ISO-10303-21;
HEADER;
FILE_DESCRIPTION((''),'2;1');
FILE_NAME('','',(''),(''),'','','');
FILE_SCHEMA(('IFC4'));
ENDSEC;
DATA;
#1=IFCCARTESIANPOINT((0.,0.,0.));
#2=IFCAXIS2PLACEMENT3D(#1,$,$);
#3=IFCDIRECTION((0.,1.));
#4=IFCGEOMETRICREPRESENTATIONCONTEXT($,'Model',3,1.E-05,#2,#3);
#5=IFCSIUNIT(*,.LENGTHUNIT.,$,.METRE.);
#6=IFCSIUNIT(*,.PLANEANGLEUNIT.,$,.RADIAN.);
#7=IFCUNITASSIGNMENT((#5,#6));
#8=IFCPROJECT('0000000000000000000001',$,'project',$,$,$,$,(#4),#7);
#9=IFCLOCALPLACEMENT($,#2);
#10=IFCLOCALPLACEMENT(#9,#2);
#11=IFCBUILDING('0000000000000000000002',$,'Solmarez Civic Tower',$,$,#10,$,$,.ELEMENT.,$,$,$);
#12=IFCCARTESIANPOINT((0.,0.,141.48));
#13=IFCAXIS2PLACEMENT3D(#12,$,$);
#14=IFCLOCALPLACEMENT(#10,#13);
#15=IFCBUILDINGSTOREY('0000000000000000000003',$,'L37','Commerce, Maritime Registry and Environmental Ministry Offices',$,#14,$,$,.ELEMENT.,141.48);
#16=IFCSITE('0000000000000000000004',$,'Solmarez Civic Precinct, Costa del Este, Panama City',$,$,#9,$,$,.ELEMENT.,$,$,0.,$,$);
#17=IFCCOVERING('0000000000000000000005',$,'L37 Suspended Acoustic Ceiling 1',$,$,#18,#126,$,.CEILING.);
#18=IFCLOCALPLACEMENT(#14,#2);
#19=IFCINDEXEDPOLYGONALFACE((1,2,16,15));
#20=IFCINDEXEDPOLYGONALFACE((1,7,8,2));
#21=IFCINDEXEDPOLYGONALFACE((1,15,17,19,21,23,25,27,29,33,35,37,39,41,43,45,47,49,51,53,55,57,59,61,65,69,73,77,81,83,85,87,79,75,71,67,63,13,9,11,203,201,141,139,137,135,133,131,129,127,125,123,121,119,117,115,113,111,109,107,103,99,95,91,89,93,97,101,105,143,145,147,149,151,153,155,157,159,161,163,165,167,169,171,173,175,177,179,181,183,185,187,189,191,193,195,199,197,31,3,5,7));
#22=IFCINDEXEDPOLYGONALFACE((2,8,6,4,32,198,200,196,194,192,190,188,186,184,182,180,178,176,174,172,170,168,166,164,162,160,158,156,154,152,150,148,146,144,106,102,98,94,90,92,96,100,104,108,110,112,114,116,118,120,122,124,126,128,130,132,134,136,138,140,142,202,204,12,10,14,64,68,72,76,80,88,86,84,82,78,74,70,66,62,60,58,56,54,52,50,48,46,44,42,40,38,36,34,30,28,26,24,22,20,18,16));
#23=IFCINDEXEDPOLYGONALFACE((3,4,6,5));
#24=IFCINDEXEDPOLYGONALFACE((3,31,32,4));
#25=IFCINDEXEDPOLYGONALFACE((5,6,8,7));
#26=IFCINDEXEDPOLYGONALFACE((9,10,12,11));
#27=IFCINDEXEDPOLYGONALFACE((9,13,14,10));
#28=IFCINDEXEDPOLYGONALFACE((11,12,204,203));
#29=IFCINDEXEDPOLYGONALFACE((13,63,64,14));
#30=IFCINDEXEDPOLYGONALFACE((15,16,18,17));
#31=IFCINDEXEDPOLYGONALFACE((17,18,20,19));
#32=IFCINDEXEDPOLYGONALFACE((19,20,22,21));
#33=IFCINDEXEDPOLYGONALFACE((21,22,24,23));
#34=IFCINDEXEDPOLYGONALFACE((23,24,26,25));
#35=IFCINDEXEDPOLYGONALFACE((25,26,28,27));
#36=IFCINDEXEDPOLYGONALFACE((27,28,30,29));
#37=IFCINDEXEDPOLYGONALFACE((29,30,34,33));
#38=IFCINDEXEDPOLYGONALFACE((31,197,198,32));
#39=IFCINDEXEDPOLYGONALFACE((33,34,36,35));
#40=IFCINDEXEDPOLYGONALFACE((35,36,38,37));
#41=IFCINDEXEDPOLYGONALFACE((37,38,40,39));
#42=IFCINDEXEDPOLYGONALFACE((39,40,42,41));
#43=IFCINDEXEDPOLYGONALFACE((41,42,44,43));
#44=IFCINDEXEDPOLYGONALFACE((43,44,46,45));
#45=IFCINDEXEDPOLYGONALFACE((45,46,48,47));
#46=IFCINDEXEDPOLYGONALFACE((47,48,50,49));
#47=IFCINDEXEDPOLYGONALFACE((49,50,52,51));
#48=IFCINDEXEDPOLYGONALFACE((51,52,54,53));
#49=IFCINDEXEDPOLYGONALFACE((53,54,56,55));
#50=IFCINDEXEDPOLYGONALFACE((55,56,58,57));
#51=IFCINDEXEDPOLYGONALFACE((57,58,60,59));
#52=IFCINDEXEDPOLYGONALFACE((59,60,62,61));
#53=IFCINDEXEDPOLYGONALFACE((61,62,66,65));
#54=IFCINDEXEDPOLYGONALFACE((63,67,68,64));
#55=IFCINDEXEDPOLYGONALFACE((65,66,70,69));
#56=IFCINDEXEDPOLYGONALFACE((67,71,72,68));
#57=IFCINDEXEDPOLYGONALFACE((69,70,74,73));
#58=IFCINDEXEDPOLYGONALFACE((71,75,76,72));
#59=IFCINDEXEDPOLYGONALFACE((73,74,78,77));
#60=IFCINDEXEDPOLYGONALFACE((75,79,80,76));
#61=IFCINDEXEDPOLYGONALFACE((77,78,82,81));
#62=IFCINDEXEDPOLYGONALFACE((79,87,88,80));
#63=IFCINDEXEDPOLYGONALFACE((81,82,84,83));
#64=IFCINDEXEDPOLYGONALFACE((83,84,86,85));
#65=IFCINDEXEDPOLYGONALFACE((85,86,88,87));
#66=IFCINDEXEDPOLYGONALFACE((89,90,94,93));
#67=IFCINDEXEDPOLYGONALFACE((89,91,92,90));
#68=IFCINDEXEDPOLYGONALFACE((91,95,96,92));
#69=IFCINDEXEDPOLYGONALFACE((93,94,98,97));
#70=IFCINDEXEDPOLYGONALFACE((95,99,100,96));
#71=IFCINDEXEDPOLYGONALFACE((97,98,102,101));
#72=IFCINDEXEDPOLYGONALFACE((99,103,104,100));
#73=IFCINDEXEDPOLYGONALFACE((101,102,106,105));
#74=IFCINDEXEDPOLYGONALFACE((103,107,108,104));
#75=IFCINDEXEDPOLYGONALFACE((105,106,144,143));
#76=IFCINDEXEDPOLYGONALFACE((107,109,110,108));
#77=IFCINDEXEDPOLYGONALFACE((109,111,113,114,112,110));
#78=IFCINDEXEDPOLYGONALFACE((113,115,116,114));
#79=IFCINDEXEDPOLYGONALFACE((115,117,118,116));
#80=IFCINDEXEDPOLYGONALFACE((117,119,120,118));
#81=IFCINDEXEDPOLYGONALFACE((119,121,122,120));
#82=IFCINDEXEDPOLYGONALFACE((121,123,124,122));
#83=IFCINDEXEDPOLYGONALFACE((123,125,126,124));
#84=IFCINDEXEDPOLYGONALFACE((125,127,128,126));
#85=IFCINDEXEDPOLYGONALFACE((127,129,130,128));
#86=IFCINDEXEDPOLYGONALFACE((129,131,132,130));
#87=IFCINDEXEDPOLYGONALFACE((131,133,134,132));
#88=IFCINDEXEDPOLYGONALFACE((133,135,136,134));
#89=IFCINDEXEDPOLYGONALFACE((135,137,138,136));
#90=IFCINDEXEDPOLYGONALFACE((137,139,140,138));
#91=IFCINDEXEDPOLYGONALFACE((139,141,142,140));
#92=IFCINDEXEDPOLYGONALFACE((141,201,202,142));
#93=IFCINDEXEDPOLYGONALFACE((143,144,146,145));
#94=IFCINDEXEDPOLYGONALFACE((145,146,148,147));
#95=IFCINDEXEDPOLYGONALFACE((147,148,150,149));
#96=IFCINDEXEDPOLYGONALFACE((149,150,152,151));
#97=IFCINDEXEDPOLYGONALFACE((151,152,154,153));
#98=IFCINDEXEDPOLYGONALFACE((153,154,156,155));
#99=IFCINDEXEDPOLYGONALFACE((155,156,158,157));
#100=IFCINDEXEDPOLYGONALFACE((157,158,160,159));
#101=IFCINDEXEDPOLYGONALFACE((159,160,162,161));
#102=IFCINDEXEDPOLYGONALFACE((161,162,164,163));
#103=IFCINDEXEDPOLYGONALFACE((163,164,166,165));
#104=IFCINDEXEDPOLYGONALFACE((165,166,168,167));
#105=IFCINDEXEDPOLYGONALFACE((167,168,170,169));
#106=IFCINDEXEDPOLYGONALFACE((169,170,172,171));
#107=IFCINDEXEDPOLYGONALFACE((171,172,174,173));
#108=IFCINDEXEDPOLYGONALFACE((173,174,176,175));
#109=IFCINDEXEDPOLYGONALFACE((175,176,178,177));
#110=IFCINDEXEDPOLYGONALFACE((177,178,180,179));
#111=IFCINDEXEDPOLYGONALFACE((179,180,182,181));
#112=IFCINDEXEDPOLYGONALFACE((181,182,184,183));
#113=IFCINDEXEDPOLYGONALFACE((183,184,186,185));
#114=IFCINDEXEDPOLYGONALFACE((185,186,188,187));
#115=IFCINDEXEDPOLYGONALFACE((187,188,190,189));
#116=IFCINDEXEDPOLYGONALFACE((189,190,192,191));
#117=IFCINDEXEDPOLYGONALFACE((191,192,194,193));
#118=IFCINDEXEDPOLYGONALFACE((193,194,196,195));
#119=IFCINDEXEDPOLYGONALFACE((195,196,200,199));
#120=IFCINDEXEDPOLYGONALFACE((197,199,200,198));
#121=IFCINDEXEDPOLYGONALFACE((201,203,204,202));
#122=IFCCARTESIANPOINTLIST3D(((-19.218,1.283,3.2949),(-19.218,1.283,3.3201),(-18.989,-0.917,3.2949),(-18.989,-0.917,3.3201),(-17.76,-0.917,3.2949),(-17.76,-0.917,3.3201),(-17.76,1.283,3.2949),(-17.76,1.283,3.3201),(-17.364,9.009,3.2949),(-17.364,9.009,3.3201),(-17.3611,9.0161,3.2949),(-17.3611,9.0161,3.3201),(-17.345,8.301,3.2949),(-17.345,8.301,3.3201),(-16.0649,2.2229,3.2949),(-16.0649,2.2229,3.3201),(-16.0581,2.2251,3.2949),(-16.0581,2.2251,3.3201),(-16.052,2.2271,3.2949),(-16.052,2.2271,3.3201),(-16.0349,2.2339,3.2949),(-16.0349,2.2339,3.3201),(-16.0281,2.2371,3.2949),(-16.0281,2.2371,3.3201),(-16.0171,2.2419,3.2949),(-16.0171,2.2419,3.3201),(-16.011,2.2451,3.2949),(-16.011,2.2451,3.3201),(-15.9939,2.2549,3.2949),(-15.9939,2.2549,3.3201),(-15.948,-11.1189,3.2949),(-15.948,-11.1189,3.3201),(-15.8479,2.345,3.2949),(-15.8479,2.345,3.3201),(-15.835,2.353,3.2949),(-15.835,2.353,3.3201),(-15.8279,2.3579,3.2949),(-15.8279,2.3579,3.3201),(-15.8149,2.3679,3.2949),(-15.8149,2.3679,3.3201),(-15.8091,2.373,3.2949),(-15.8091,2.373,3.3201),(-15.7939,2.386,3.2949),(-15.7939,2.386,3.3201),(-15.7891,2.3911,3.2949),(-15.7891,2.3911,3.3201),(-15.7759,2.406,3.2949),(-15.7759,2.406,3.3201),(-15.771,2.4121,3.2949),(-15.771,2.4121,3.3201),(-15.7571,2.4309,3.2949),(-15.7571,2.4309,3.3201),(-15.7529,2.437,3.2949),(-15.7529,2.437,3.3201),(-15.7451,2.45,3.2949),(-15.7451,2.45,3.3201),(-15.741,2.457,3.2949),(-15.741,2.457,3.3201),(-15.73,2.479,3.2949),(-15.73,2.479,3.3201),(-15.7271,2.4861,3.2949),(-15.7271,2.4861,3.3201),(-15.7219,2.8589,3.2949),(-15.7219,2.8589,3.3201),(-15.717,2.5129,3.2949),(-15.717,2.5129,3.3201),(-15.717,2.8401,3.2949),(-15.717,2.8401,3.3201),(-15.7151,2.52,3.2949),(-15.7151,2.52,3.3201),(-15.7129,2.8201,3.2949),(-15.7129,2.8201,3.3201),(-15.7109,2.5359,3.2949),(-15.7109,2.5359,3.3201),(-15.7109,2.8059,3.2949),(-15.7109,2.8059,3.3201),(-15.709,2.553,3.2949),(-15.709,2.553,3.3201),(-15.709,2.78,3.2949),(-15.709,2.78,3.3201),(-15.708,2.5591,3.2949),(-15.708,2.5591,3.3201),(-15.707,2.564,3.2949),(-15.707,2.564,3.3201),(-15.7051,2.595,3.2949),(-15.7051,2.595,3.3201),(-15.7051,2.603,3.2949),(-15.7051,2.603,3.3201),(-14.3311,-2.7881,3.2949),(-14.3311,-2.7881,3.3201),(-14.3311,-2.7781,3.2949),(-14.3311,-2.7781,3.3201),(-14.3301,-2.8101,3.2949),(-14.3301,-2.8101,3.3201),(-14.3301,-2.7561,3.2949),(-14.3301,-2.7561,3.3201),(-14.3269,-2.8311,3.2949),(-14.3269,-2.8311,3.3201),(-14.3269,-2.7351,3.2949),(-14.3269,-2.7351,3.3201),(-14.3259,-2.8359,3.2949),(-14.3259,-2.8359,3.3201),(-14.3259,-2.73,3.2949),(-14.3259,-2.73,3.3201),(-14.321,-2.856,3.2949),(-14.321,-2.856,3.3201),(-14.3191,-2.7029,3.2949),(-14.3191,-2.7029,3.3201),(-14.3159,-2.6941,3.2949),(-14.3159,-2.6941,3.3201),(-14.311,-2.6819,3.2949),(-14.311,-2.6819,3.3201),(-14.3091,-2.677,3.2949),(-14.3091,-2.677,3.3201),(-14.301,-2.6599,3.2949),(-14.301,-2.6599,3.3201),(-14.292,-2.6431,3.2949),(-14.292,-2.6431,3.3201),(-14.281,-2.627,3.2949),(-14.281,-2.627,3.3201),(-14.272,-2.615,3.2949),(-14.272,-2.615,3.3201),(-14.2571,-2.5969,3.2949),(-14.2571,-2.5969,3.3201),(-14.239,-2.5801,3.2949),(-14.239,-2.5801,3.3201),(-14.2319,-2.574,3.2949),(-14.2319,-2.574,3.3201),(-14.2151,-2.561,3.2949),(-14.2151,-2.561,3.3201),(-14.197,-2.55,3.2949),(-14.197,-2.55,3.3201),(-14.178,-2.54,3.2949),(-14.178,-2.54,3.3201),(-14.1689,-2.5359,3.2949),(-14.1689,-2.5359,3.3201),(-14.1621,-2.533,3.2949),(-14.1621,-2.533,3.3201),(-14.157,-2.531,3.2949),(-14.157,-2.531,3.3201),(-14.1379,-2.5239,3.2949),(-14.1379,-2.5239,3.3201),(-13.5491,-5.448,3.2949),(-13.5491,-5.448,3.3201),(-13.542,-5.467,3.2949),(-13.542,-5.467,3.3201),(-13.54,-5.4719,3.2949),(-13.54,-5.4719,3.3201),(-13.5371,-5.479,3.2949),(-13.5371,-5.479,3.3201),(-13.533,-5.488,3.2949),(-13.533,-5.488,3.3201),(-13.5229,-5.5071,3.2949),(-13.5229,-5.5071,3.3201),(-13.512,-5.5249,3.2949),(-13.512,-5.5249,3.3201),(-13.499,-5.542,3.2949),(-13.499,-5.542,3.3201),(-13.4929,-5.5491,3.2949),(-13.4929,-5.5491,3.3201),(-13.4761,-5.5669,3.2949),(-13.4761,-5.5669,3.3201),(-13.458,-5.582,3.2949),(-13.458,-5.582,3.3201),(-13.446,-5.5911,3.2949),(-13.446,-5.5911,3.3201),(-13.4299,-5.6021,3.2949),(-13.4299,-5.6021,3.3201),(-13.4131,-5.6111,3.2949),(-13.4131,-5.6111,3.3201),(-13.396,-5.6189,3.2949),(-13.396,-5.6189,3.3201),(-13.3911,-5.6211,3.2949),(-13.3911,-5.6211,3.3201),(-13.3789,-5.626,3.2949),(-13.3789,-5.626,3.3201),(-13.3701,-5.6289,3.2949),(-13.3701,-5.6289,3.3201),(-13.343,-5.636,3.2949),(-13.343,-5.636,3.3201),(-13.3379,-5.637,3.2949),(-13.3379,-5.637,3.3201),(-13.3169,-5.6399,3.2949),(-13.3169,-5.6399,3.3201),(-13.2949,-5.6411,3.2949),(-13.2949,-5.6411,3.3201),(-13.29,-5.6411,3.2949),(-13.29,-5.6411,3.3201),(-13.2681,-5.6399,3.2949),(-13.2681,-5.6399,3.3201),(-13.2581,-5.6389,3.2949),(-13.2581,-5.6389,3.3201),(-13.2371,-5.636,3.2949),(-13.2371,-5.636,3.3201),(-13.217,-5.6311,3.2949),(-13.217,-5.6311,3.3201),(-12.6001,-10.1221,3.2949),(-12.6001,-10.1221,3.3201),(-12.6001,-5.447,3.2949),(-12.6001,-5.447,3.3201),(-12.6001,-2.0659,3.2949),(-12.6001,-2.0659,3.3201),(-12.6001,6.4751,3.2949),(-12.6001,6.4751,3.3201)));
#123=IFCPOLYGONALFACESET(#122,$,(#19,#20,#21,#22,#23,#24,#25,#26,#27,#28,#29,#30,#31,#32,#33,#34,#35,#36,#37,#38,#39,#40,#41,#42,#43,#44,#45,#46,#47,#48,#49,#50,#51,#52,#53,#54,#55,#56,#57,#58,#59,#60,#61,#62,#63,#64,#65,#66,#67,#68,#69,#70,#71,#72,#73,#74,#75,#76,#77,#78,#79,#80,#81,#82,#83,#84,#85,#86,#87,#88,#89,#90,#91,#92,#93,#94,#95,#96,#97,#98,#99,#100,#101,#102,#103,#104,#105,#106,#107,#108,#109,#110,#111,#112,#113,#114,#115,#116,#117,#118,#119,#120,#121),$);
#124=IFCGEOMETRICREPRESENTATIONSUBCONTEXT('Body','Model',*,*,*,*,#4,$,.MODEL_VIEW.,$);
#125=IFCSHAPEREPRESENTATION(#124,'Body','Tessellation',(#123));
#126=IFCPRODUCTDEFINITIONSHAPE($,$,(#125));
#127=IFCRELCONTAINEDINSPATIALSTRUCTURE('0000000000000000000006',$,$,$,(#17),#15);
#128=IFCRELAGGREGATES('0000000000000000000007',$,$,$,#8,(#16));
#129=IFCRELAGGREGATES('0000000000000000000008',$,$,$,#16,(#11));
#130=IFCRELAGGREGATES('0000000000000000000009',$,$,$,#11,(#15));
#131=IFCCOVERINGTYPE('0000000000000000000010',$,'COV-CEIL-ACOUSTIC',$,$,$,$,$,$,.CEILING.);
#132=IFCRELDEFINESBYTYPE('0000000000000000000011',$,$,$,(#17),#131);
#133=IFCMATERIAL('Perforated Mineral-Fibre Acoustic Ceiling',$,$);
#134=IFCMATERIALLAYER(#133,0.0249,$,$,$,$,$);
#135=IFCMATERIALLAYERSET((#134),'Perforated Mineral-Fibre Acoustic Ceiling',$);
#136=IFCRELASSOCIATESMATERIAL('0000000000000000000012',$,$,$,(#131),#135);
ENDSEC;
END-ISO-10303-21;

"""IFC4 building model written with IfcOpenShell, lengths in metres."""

from ifc_helpers import new_model, si_unit, direction, frame, origin, place, context, subcontext, project, spatial, polyline, outline, extrude, material, layer, layer_set, type_object, element, save


model = new_model("IFC4")

# Units and contexts
model_context = context("Model", 3, precision=1e-05, world=origin(), true_north=direction((0.0, 1.0)))
body_context = subcontext(model_context, "Body", "Model", "MODEL_VIEW")
ifc_project = project(units=[si_unit("LENGTHUNIT", "METRE"), si_unit("PLANEANGLEUNIT", "RADIAN")], contexts=[model_context])

# Site, building, storey
site_placement = place(None, origin())
site = spatial("IfcSite", under=ifc_project, at=site_placement, Name="Solmarez Civic Precinct, Costa del Este, Panama City", CompositionType="ELEMENT", RefElevation=0.0)
building_placement = place(site_placement, origin())
building = spatial("IfcBuilding", under=site, at=building_placement, Name="Solmarez Civic Tower", CompositionType="ELEMENT")
storey_placement = place(building_placement, frame((0.0, 0.0, 141.48)))
storey = spatial("IfcBuildingStorey", under=building, at=storey_placement, Name="L37", Description="Commerce, Maritime Registry and Environmental Ministry Offices", CompositionType="ELEMENT", Elevation=141.48)

# Covering
ifc_material_1 = material(Name="Perforated Mineral-Fibre Acoustic Ceiling")
ifc_layer_1 = layer(ifc_material_1, 0.0249)
ifc_layer_set_1 = layer_set([ifc_layer_1], Name="Perforated Mineral-Fibre Acoustic Ceiling")
covering_type_1 = type_object("IfcCoveringType", Name="COV-CEIL-ACOUSTIC", PredefinedType="CEILING", material=ifc_layer_set_1)
covering_1_placement = place(storey_placement, frame((0.0, 0.0, 3.2949)))
element("IfcCovering", 1, at=covering_1_placement, inside=storey, type_object=covering_type_1, Name="L37 Suspended Acoustic Ceiling 1", PredefinedType="CEILING", context=body_context, shape_type="SweptSolid", body=[
    extrude(outline(polyline([(-15.948, -11.1189), (-12.6001, -10.1221), (-12.6001, -5.447), (-13.217, -5.6311), (-13.2371, -5.636), (-13.2581, -5.6389), (-13.2681, -5.6399), (-13.29, -5.6411), (-13.2949, -5.6411), (-13.3169, -5.6399), (-13.3379, -5.637), (-13.343, -5.636), (-13.3701, -5.6289), (-13.3789, -5.626), (-13.3911, -5.6211), (-13.396, -5.6189), (-13.4131, -5.6111), (-13.4299, -5.6021), (-13.446, -5.5911), (-13.458, -5.582), (-13.4761, -5.5669), (-13.4929, -5.5491), (-13.499, -5.542), (-13.512, -5.5249), (-13.5229, -5.5071), (-13.533, -5.488), (-13.5371, -5.479), (-13.54, -5.4719), (-13.542, -5.467), (-13.5491, -5.448), (-14.321, -2.856), (-14.3259, -2.8359), (-14.3269, -2.8311), (-14.3301, -2.8101), (-14.3311, -2.7881), (-14.3311, -2.7781), (-14.3301, -2.7561), (-14.3269, -2.7351), (-14.3259, -2.73), (-14.3191, -2.7029), (-14.3159, -2.6941), (-14.311, -2.6819), (-14.3091, -2.677), (-14.301, -2.6599), (-14.292, -2.6431), (-14.281, -2.627), (-14.272, -2.615), (-14.2571, -2.5969), (-14.239, -2.5801), (-14.2319, -2.574), (-14.2151, -2.561), (-14.197, -2.55), (-14.178, -2.54), (-14.1689, -2.5359), (-14.1621, -2.533), (-14.157, -2.531), (-14.1379, -2.5239), (-12.6001, -2.0659), (-12.6001, 6.4751), (-17.3611, 9.0161), (-17.364, 9.009), (-17.345, 8.301), (-15.7219, 2.8589), (-15.717, 2.8401), (-15.7129, 2.8201), (-15.7109, 2.8059), (-15.709, 2.78), (-15.7051, 2.603), (-15.7051, 2.595), (-15.707, 2.564), (-15.708, 2.5591), (-15.709, 2.553), (-15.7109, 2.5359), (-15.7151, 2.52), (-15.717, 2.5129), (-15.7271, 2.4861), (-15.73, 2.479), (-15.741, 2.457), (-15.7451, 2.45), (-15.7529, 2.437), (-15.7571, 2.4309), (-15.771, 2.4121), (-15.7759, 2.406), (-15.7891, 2.3911), (-15.7939, 2.386), (-15.8091, 2.373), (-15.8149, 2.3679), (-15.8279, 2.3579), (-15.835, 2.353), (-15.8479, 2.345), (-15.9939, 2.2549), (-16.011, 2.2451), (-16.0171, 2.2419), (-16.0281, 2.2371), (-16.0349, 2.2339), (-16.052, 2.2271), (-16.0581, 2.2251), (-16.0649, 2.2229), (-19.218, 1.283), (-17.76, 1.283), (-17.76, -0.917), (-18.989, -0.917), (-15.948, -11.1189)])), origin(), (0.0, 0.0, 1.0), 0.0251),
])

save(model, "model.ifc")
